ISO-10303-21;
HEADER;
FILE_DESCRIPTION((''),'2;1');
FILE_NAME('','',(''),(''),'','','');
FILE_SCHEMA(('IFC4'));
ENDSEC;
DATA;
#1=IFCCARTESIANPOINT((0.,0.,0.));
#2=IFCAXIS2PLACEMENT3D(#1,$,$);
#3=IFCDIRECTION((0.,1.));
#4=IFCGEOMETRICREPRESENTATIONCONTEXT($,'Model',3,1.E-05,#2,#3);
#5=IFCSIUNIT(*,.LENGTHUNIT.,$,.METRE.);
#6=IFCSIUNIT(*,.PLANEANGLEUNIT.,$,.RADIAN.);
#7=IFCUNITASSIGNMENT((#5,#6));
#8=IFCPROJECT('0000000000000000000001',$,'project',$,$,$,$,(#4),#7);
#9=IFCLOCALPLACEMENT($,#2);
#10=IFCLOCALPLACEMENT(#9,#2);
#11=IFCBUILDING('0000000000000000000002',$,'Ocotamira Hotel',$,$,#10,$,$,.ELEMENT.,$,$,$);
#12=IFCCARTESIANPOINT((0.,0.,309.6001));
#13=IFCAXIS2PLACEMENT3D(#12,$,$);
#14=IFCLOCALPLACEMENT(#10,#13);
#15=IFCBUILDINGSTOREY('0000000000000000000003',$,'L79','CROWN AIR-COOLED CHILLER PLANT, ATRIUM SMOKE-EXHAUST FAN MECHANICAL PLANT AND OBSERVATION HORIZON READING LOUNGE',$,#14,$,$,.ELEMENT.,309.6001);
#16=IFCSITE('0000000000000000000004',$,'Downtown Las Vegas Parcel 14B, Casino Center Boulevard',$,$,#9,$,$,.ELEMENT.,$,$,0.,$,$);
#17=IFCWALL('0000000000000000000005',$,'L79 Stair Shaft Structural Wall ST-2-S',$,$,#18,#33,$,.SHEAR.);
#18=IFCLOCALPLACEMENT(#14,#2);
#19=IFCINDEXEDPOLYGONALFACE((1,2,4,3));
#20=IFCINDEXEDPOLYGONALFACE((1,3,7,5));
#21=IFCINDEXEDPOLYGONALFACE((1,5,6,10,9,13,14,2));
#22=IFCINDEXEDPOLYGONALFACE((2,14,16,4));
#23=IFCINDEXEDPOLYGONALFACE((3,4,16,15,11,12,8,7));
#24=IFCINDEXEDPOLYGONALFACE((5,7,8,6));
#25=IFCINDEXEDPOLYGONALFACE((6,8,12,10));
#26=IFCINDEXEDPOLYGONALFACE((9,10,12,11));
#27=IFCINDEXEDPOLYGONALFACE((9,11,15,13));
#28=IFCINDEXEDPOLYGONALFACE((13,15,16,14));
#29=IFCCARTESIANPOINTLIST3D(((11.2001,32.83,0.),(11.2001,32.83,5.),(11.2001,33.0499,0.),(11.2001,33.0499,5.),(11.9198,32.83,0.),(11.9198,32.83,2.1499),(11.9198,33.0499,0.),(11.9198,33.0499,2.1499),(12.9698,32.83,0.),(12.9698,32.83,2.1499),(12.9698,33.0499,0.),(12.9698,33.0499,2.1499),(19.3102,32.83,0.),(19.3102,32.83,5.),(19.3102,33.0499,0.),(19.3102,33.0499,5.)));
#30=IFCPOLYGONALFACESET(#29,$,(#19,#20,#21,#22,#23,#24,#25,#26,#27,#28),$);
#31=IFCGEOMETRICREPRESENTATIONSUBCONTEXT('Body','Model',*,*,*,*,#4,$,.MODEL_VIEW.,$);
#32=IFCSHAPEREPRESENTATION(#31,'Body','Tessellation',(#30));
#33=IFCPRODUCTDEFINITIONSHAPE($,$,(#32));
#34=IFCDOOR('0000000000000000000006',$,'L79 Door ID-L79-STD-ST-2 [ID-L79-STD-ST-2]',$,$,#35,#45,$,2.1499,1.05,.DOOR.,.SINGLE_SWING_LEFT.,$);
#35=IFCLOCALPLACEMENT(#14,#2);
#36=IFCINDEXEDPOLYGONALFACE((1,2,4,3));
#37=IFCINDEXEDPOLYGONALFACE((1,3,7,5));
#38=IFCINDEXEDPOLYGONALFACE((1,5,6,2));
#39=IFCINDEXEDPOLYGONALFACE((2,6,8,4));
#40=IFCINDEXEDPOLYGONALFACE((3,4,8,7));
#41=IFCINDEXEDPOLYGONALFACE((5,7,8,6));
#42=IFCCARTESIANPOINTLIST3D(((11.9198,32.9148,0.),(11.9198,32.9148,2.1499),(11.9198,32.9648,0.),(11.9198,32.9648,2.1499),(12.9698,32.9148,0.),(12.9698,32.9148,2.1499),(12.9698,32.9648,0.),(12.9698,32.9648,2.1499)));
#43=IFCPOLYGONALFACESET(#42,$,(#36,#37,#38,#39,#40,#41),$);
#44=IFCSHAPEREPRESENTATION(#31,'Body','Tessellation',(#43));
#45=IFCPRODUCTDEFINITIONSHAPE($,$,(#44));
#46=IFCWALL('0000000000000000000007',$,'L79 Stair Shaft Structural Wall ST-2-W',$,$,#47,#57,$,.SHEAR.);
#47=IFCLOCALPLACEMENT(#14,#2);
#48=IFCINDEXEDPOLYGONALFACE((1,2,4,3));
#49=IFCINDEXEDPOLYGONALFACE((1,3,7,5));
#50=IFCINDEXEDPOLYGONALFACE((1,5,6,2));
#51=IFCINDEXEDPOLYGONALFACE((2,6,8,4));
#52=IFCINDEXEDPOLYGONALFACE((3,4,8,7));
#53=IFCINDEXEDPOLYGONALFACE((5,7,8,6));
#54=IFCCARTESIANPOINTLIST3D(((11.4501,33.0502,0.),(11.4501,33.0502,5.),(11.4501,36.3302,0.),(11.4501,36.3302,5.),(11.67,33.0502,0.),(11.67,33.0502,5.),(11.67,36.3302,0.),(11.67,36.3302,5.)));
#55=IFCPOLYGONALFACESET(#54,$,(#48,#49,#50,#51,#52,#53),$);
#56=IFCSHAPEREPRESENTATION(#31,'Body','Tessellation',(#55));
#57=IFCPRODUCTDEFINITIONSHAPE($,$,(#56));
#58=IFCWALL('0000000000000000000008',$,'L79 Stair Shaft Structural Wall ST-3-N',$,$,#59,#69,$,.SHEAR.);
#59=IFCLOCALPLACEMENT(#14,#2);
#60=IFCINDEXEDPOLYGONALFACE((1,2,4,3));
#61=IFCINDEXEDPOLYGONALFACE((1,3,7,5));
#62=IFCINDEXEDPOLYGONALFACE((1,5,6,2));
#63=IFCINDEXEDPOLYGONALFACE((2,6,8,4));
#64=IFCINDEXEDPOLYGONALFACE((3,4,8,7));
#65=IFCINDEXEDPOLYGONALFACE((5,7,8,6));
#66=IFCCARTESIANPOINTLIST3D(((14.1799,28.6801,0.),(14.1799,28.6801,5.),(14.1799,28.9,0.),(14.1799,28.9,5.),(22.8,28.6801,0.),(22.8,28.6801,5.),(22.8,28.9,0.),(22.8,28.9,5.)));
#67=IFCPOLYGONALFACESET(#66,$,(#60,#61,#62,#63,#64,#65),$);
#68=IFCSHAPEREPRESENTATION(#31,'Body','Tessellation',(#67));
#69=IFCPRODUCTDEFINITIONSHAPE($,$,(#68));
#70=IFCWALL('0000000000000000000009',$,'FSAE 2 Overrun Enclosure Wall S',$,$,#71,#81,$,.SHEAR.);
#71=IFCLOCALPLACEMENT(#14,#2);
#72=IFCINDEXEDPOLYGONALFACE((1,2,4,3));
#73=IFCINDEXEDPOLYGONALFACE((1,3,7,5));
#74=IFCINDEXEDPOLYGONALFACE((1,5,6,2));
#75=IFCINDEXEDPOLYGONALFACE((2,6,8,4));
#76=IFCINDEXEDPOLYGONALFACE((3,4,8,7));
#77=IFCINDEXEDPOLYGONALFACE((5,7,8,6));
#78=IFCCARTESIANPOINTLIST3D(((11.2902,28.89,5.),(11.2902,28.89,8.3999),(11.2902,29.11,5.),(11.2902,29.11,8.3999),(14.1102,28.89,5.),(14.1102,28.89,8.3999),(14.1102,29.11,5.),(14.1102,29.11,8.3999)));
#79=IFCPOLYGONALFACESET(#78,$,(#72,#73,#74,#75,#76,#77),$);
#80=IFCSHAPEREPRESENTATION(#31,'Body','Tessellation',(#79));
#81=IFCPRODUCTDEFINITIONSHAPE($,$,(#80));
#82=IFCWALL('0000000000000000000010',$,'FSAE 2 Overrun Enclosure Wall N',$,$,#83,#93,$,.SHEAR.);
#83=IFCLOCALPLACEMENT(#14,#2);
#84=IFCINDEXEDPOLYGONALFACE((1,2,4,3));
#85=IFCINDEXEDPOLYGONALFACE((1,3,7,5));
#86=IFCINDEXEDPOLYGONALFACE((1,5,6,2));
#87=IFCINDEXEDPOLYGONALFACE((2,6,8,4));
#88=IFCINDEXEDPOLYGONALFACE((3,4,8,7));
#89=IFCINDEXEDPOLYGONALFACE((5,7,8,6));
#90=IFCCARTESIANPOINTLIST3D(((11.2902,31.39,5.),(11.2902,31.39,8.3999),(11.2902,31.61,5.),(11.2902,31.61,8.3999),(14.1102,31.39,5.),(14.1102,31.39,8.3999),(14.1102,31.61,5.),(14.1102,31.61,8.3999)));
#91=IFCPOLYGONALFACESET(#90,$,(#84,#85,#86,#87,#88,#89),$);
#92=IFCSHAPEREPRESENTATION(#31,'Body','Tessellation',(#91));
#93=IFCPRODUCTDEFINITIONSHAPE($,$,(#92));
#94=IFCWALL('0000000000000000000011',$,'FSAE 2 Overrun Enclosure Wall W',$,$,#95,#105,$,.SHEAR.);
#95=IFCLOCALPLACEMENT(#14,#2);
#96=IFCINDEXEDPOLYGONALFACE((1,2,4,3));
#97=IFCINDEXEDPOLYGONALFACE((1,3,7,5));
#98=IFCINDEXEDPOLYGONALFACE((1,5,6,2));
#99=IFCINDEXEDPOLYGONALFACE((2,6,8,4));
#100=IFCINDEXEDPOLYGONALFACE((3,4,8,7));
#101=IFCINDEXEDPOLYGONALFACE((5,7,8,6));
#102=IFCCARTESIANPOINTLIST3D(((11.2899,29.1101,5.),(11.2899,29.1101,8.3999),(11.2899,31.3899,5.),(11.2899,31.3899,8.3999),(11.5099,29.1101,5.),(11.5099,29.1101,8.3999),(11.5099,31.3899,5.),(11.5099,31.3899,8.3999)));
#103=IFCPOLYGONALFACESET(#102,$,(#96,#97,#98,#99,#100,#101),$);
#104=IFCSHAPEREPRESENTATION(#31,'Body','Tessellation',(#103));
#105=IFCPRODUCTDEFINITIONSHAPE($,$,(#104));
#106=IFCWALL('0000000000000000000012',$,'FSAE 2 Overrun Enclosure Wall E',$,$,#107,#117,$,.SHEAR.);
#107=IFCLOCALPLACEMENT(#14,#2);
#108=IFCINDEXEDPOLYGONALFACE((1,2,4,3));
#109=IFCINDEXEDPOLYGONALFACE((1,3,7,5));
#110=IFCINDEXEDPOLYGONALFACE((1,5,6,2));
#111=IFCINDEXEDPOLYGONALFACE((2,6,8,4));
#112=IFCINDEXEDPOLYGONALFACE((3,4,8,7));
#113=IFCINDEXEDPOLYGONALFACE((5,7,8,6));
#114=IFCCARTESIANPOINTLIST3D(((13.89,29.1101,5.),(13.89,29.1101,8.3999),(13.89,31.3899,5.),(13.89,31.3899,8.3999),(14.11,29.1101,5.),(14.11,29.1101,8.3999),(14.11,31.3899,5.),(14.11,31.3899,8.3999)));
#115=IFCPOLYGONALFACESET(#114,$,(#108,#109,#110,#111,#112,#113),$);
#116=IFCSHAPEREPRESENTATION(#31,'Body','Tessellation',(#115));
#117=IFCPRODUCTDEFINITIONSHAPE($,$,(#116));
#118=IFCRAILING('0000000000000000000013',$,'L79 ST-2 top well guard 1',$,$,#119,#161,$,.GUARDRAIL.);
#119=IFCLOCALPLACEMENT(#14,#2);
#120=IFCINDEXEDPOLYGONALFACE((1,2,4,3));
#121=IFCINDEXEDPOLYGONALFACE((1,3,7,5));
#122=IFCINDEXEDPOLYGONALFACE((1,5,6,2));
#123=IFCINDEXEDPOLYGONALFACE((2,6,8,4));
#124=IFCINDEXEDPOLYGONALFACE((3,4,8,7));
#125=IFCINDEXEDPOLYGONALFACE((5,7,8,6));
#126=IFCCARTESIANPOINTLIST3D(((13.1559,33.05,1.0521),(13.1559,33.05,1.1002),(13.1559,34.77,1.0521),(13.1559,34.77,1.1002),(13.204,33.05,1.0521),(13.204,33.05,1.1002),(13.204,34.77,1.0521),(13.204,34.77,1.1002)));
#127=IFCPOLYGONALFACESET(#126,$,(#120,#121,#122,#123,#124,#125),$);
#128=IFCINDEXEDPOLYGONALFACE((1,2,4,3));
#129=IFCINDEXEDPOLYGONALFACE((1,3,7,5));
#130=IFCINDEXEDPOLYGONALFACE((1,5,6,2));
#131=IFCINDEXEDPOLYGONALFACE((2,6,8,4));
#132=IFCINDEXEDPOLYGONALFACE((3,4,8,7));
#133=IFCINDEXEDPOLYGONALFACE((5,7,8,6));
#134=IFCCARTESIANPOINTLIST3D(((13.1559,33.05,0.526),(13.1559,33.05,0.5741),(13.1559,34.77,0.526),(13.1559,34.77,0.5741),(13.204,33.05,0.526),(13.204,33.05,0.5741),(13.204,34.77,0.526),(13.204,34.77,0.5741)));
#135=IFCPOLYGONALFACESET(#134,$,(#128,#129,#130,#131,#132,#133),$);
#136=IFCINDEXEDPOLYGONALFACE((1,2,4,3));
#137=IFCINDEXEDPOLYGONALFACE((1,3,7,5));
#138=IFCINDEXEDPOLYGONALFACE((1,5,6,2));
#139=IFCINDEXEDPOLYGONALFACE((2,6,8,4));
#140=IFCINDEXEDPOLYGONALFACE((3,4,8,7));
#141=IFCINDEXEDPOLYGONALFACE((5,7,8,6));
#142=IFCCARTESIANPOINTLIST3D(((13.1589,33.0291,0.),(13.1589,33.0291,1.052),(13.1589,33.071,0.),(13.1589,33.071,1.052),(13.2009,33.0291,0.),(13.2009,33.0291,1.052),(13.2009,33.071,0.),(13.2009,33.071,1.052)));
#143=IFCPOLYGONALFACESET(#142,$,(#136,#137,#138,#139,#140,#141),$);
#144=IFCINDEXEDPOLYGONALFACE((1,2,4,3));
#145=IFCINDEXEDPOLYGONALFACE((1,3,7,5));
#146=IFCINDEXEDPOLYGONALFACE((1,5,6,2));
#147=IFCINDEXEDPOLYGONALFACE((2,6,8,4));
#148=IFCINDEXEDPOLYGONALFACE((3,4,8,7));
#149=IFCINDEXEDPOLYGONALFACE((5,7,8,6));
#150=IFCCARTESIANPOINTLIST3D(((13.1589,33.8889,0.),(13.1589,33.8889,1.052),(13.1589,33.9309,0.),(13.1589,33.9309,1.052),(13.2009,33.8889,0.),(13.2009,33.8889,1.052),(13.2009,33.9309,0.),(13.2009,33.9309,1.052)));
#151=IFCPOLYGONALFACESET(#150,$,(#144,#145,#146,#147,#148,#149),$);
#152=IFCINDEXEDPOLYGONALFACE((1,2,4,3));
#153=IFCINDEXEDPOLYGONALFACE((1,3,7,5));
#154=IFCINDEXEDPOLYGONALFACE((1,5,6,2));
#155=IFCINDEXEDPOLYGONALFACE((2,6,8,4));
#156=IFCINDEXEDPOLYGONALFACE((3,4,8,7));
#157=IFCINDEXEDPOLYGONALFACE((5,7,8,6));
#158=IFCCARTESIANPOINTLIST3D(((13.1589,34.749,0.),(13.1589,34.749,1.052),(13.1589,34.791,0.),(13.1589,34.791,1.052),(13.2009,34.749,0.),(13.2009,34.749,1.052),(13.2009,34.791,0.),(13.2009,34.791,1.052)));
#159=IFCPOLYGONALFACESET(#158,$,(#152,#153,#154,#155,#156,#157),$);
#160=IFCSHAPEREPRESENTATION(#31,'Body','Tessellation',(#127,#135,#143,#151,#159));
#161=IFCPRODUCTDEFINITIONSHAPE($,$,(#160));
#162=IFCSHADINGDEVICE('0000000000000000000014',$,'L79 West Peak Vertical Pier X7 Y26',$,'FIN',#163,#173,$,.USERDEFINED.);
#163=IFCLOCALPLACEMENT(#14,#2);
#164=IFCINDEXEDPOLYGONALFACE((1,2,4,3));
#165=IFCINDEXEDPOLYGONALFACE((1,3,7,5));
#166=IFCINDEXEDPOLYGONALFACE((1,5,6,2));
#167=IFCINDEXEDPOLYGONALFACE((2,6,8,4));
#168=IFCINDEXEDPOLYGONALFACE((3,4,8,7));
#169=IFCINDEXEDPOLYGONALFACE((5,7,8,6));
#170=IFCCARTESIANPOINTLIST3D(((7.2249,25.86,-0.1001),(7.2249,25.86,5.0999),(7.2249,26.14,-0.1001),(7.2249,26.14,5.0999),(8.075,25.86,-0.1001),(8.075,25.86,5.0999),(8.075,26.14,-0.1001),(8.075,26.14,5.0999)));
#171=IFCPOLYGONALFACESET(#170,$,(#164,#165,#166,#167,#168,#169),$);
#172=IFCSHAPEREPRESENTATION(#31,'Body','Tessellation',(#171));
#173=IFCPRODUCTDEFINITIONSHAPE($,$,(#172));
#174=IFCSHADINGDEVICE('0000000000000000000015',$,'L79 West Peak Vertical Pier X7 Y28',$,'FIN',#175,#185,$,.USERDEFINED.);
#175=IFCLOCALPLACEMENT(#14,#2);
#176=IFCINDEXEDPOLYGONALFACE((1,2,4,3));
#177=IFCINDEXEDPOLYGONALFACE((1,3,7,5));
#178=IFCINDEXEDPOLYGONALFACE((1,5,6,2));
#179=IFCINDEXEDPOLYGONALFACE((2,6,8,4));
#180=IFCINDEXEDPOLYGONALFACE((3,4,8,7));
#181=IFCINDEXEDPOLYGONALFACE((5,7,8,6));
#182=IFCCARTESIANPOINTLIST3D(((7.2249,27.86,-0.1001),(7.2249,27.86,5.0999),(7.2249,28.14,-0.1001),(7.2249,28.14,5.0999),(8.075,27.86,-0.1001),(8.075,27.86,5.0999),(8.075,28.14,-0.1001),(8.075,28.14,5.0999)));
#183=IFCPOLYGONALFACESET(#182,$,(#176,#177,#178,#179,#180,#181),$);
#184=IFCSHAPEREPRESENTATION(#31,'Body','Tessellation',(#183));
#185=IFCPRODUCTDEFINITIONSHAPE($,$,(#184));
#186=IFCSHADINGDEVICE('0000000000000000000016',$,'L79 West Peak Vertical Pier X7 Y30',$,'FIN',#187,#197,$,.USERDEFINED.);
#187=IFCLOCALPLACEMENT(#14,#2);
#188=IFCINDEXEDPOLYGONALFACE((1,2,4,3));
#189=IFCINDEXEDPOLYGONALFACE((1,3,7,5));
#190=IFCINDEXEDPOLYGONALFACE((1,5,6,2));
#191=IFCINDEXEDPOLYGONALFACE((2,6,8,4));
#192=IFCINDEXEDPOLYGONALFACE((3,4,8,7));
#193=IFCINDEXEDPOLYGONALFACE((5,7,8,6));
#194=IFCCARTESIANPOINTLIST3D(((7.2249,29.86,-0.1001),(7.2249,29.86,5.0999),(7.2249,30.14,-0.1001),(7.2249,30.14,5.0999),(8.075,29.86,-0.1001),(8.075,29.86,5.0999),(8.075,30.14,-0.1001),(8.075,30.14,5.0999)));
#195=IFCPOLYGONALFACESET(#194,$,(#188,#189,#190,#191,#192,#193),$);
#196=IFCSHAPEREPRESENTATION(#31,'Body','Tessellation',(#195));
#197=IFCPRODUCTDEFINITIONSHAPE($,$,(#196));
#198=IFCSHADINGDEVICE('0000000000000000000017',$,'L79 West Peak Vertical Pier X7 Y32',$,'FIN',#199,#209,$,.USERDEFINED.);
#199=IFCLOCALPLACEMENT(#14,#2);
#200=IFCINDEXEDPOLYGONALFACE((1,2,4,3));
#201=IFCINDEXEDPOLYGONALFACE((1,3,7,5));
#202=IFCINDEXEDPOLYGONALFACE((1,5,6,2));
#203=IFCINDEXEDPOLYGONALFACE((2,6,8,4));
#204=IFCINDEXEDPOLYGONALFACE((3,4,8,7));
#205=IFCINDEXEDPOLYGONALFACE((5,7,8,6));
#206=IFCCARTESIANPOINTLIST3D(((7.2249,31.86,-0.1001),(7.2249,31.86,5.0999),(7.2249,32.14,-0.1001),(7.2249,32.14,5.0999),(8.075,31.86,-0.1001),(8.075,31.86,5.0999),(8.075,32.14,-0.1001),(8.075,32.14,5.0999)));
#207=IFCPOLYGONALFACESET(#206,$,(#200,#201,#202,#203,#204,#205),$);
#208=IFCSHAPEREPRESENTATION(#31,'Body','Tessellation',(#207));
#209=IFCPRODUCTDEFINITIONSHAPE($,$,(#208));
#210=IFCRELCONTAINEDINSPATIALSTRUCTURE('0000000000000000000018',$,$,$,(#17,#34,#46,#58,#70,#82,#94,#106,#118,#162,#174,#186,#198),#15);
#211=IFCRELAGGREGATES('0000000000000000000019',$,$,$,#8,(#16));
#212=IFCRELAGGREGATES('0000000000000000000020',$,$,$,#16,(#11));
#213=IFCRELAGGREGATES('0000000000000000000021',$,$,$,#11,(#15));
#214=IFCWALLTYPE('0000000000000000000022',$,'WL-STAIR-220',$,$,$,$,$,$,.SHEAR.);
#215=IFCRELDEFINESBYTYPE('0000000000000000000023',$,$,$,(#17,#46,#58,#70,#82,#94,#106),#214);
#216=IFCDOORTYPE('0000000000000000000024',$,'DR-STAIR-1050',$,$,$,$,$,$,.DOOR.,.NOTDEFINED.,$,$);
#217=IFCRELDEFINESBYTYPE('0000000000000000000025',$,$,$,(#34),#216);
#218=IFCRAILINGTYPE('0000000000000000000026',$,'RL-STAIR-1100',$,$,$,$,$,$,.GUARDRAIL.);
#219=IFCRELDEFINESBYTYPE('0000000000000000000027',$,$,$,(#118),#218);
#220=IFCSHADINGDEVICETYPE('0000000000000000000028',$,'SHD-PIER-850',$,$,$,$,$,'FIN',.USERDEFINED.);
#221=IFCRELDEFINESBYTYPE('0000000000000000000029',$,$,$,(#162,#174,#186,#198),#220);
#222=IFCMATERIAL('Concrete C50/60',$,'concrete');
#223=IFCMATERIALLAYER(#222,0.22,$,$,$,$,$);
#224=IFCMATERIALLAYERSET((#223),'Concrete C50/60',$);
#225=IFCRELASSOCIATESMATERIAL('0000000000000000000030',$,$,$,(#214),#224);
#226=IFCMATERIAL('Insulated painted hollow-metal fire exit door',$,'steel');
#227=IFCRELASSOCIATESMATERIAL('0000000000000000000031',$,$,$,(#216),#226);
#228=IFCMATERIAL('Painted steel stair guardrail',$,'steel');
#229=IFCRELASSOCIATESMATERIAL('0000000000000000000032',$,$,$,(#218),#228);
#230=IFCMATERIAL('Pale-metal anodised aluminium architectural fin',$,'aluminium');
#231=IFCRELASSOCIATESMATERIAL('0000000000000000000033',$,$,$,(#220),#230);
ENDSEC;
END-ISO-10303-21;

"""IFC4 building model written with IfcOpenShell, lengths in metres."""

from ifc_helpers import new_model, si_unit, direction, frame, frame_2d, origin, origin_2d, place, context, subcontext, project, spatial, rectangle, extrude, source, transform, mapped, material, layer, layer_set, type_object, element, fill, save


model = new_model("IFC4")

# Units and contexts
model_context = context("Model", 3, precision=1e-05, world=origin(), true_north=direction((0.0, 1.0)))
body_context = subcontext(model_context, "Body", "Model", "MODEL_VIEW")
ifc_project = project(units=[si_unit("LENGTHUNIT", "METRE"), si_unit("PLANEANGLEUNIT", "RADIAN")], contexts=[model_context])

# Site, building, storey
site_placement = place(None, origin())
site = spatial("IfcSite", under=ifc_project, at=site_placement, Name="Downtown Las Vegas Parcel 14B, Casino Center Boulevard", CompositionType="ELEMENT", RefElevation=0.0)
building_placement = place(site_placement, origin())
building = spatial("IfcBuilding", under=site, at=building_placement, Name="Ocotamira Hotel", CompositionType="ELEMENT")
storey_placement = place(building_placement, frame((0.0, 0.0, 309.6001)))
storey = spatial("IfcBuildingStorey", under=building, at=storey_placement, Name="L79", Description="CROWN AIR-COOLED CHILLER PLANT, ATRIUM SMOKE-EXHAUST FAN MECHANICAL PLANT AND OBSERVATION HORIZON READING LOUNGE", CompositionType="ELEMENT", Elevation=309.6001)

# Wall, opening, door
ifc_material_1 = material(Name="Concrete C50/60", Category="concrete")
ifc_layer_1 = layer(ifc_material_1, 0.22)
ifc_layer_set_1 = layer_set([ifc_layer_1], Name="Concrete C50/60")
wall_type_1 = type_object("IfcWallType", Name="WL-STAIR-220", PredefinedType="SHEAR", material=ifc_layer_set_1)
wall_1_placement = place(storey_placement, frame((11.2, 32.9399, 0.0), z_axis=(0.0, 0.0, 1.0), x_axis=(1.0, 0.0, 0.0)))
wall_1 = element("IfcWall", 1, at=wall_1_placement, inside=storey, type_object=wall_type_1, Name="L79 Stair Shaft Structural Wall ST-2-S", PredefinedType="SHEAR", context=body_context, shape_type="SweptSolid", body=[
    extrude(rectangle(XDim=8.1101, YDim=0.22, at=frame_2d((4.0552, 0.0))), origin(), (0.0, 0.0, 1.0), 5.0),
])
opening_1_placement = place(wall_1_placement, frame((0.72, 0.0, 0.0)))
opening_1 = element("IfcOpeningElement", 2, at=opening_1_placement, cuts=wall_1, PredefinedType="OPENING", context=body_context, shape_type="SweptSolid", body=[
    extrude(rectangle(XDim=1.05, YDim=2.1499, at=frame_2d((0.5249, 1.075))), frame((0.0, 0.1201, 0.0), z_axis=(0.0, -1.0, 0.0), x_axis=(1.0, 0.0, 0.0)), (0.0, 0.0, 1.0), 0.24),
])
ifc_material_2 = material(Name="Insulated painted hollow-metal fire exit door", Category="steel")
door_type_1 = type_object("IfcDoorType", Name="DR-STAIR-1050", OperationType="NOTDEFINED", PredefinedType="DOOR", material=ifc_material_2)
shared_shape_1 = source(origin(), body_context, "Body", "SweptSolid", [
    extrude(rectangle(XDim=1.05, YDim=2.1499, at=frame_2d((0.5249, 1.075))), frame((0.0, 0.0249, 0.0), z_axis=(0.0, -1.0, 0.0), x_axis=(1.0, 0.0, 0.0)), (0.0, 0.0, 1.0), 0.05),
])
door_1_placement = place(opening_1_placement, origin())
door_1 = element("IfcDoor", 3, at=door_1_placement, inside=storey, type_object=door_type_1, Name="L79 Door ID-L79-STD-ST-2 [ID-L79-STD-ST-2]", OperationType="SINGLE_SWING_LEFT", OverallHeight=2.1499, OverallWidth=1.05, PredefinedType="DOOR", context=body_context, shape_type="MappedRepresentation", body=[
    mapped(shared_shape_1, transform((0.0, 0.0, 0.0), scale=1.0)),
])
fill(opening_1, door_1)

# Walls
wall_2_placement = place(storey_placement, frame((11.5601, 33.05, 0.0), z_axis=(0.0, 0.0, 1.0), x_axis=(0.0, 1.0, 0.0)))
element("IfcWall", 4, at=wall_2_placement, inside=storey, type_object=wall_type_1, Name="L79 Stair Shaft Structural Wall ST-2-W", PredefinedType="SHEAR", context=body_context, shape_type="SweptSolid", body=[
    extrude(rectangle(XDim=3.28, YDim=0.22, at=frame_2d((1.6401, 0.0))), origin(), (0.0, 0.0, 1.0), 5.0),
])
wall_3_placement = place(storey_placement, frame((14.1799, 28.79, 0.0), z_axis=(0.0, 0.0, 1.0), x_axis=(1.0, 0.0, 0.0)))
element("IfcWall", 5, at=wall_3_placement, inside=storey, type_object=wall_type_1, Name="L79 Stair Shaft Structural Wall ST-3-N", PredefinedType="SHEAR", context=body_context, shape_type="SweptSolid", body=[
    extrude(rectangle(XDim=8.6201, YDim=0.22, at=frame_2d((4.3101, 0.0))), origin(), (0.0, 0.0, 1.0), 5.0),
])
for number, where, z_axis, x_axis, name in (
    (6, (11.29, 29.0, 5.0), (0.0, 0.0, 1.0), (1.0, 0.0, 0.0), "FSAE 2 Overrun Enclosure Wall S"),
    (7, (11.29, 31.5, 5.0), (0.0, 0.0, 1.0), (1.0, 0.0, 0.0), "FSAE 2 Overrun Enclosure Wall N"),
):
    element("IfcWall", number, at=place(storey_placement, frame(where, z_axis=z_axis, x_axis=x_axis)), inside=storey, type_object=wall_type_1, Name=name, PredefinedType="SHEAR", context=body_context, shape_type="SweptSolid", body=[
        extrude(rectangle(XDim=2.8201, YDim=0.22, at=frame_2d((1.4102, 0.0))), origin(), (0.0, 0.0, 1.0), 3.3999),
    ])
for number, where, z_axis, x_axis, name in (
    (8, (11.3999, 29.1101, 5.0), (0.0, 0.0, 1.0), (0.0, 1.0, 0.0), "FSAE 2 Overrun Enclosure Wall W"),
    (9, (14.0, 29.1101, 5.0), (0.0, 0.0, 1.0), (0.0, 1.0, 0.0), "FSAE 2 Overrun Enclosure Wall E"),
):
    element("IfcWall", number, at=place(storey_placement, frame(where, z_axis=z_axis, x_axis=x_axis)), inside=storey, type_object=wall_type_1, Name=name, PredefinedType="SHEAR", context=body_context, shape_type="SweptSolid", body=[
        extrude(rectangle(XDim=2.2798, YDim=0.22, at=frame_2d((1.1399, 0.0))), origin(), (0.0, 0.0, 1.0), 3.3999),
    ])

# Railing
ifc_material_3 = material(Name="Painted steel stair guardrail", Category="steel")
railing_type = type_object("IfcRailingType", Name="RL-STAIR-1100", PredefinedType="GUARDRAIL", material=ifc_material_3)
railing_placement = place(storey_placement, frame((13.1799, 33.05, 0.0)))
element("IfcRailing", 10, at=railing_placement, inside=storey, type_object=railing_type, Name="L79 ST-2 top well guard 1", PredefinedType="GUARDRAIL", context=body_context, shape_type="SweptSolid", body=[
    extrude(rectangle(XDim=0.0481, YDim=0.0481, at=origin_2d()), frame((0.0, 0.0, 1.0762), z_axis=(0.0, 1.0, 0.0), x_axis=(-1.0, 0.0, 0.0)), (0.0, 0.0, 1.0), 1.72),
    extrude(rectangle(XDim=0.0481, YDim=0.0481, at=origin_2d()), frame((0.0, 0.0, 0.55), z_axis=(0.0, 1.0, 0.0), x_axis=(-1.0, 0.0, 0.0)), (0.0, 0.0, 1.0), 1.72),
    extrude(rectangle(XDim=0.042, YDim=0.042, at=origin_2d()), origin(), (0.0, 0.0, 1.0), 1.052),
    extrude(rectangle(XDim=0.042, YDim=0.042, at=origin_2d()), frame((0.0, 0.8599, 0.0)), (0.0, 0.0, 1.0), 1.052),
    extrude(rectangle(XDim=0.042, YDim=0.042, at=origin_2d()), frame((0.0, 1.72, 0.0)), (0.0, 0.0, 1.0), 1.052),
])

# Shading devices
ifc_material_4 = material(Name="Pale-metal anodised aluminium architectural fin", Category="aluminium")
shading_device_type = type_object("IfcShadingDeviceType", Name="SHD-PIER-850", ElementType="FIN", PredefinedType="USERDEFINED", material=ifc_material_4)
shared_shape_2 = source(origin(), body_context, "Body", "SweptSolid", [
    extrude(rectangle(XDim=0.8501, YDim=0.28, at=origin_2d()), origin(), (0.0, 0.0, 1.0), 5.2),
])
for number, where, z_axis, x_axis, name in (
    (11, (7.6499, 26.0, -0.1001), (0.0, 0.0, 1.0), (1.0, 0.0, 0.0), "L79 West Peak Vertical Pier X7 Y26"),
    (12, (7.6499, 28.0, -0.1001), (0.0, 0.0, 1.0), (1.0, 0.0, 0.0), "L79 West Peak Vertical Pier X7 Y28"),
    (13, (7.6499, 30.0, -0.1001), (0.0, 0.0, 1.0), (1.0, 0.0, 0.0), "L79 West Peak Vertical Pier X7 Y30"),
    (14, (7.6499, 32.0, -0.1001), (0.0, 0.0, 1.0), (1.0, 0.0, 0.0), "L79 West Peak Vertical Pier X7 Y32"),
):
    element("IfcShadingDevice", number, at=place(storey_placement, frame(where, z_axis=z_axis, x_axis=x_axis)), inside=storey, type_object=shading_device_type, Name=name, ObjectType="FIN", PredefinedType="USERDEFINED", context=body_context, shape_type="MappedRepresentation", body=[
        mapped(shared_shape_2, transform((0.0, 0.0, 0.0), scale=1.0)),
    ])

save(model, "model.ifc")
